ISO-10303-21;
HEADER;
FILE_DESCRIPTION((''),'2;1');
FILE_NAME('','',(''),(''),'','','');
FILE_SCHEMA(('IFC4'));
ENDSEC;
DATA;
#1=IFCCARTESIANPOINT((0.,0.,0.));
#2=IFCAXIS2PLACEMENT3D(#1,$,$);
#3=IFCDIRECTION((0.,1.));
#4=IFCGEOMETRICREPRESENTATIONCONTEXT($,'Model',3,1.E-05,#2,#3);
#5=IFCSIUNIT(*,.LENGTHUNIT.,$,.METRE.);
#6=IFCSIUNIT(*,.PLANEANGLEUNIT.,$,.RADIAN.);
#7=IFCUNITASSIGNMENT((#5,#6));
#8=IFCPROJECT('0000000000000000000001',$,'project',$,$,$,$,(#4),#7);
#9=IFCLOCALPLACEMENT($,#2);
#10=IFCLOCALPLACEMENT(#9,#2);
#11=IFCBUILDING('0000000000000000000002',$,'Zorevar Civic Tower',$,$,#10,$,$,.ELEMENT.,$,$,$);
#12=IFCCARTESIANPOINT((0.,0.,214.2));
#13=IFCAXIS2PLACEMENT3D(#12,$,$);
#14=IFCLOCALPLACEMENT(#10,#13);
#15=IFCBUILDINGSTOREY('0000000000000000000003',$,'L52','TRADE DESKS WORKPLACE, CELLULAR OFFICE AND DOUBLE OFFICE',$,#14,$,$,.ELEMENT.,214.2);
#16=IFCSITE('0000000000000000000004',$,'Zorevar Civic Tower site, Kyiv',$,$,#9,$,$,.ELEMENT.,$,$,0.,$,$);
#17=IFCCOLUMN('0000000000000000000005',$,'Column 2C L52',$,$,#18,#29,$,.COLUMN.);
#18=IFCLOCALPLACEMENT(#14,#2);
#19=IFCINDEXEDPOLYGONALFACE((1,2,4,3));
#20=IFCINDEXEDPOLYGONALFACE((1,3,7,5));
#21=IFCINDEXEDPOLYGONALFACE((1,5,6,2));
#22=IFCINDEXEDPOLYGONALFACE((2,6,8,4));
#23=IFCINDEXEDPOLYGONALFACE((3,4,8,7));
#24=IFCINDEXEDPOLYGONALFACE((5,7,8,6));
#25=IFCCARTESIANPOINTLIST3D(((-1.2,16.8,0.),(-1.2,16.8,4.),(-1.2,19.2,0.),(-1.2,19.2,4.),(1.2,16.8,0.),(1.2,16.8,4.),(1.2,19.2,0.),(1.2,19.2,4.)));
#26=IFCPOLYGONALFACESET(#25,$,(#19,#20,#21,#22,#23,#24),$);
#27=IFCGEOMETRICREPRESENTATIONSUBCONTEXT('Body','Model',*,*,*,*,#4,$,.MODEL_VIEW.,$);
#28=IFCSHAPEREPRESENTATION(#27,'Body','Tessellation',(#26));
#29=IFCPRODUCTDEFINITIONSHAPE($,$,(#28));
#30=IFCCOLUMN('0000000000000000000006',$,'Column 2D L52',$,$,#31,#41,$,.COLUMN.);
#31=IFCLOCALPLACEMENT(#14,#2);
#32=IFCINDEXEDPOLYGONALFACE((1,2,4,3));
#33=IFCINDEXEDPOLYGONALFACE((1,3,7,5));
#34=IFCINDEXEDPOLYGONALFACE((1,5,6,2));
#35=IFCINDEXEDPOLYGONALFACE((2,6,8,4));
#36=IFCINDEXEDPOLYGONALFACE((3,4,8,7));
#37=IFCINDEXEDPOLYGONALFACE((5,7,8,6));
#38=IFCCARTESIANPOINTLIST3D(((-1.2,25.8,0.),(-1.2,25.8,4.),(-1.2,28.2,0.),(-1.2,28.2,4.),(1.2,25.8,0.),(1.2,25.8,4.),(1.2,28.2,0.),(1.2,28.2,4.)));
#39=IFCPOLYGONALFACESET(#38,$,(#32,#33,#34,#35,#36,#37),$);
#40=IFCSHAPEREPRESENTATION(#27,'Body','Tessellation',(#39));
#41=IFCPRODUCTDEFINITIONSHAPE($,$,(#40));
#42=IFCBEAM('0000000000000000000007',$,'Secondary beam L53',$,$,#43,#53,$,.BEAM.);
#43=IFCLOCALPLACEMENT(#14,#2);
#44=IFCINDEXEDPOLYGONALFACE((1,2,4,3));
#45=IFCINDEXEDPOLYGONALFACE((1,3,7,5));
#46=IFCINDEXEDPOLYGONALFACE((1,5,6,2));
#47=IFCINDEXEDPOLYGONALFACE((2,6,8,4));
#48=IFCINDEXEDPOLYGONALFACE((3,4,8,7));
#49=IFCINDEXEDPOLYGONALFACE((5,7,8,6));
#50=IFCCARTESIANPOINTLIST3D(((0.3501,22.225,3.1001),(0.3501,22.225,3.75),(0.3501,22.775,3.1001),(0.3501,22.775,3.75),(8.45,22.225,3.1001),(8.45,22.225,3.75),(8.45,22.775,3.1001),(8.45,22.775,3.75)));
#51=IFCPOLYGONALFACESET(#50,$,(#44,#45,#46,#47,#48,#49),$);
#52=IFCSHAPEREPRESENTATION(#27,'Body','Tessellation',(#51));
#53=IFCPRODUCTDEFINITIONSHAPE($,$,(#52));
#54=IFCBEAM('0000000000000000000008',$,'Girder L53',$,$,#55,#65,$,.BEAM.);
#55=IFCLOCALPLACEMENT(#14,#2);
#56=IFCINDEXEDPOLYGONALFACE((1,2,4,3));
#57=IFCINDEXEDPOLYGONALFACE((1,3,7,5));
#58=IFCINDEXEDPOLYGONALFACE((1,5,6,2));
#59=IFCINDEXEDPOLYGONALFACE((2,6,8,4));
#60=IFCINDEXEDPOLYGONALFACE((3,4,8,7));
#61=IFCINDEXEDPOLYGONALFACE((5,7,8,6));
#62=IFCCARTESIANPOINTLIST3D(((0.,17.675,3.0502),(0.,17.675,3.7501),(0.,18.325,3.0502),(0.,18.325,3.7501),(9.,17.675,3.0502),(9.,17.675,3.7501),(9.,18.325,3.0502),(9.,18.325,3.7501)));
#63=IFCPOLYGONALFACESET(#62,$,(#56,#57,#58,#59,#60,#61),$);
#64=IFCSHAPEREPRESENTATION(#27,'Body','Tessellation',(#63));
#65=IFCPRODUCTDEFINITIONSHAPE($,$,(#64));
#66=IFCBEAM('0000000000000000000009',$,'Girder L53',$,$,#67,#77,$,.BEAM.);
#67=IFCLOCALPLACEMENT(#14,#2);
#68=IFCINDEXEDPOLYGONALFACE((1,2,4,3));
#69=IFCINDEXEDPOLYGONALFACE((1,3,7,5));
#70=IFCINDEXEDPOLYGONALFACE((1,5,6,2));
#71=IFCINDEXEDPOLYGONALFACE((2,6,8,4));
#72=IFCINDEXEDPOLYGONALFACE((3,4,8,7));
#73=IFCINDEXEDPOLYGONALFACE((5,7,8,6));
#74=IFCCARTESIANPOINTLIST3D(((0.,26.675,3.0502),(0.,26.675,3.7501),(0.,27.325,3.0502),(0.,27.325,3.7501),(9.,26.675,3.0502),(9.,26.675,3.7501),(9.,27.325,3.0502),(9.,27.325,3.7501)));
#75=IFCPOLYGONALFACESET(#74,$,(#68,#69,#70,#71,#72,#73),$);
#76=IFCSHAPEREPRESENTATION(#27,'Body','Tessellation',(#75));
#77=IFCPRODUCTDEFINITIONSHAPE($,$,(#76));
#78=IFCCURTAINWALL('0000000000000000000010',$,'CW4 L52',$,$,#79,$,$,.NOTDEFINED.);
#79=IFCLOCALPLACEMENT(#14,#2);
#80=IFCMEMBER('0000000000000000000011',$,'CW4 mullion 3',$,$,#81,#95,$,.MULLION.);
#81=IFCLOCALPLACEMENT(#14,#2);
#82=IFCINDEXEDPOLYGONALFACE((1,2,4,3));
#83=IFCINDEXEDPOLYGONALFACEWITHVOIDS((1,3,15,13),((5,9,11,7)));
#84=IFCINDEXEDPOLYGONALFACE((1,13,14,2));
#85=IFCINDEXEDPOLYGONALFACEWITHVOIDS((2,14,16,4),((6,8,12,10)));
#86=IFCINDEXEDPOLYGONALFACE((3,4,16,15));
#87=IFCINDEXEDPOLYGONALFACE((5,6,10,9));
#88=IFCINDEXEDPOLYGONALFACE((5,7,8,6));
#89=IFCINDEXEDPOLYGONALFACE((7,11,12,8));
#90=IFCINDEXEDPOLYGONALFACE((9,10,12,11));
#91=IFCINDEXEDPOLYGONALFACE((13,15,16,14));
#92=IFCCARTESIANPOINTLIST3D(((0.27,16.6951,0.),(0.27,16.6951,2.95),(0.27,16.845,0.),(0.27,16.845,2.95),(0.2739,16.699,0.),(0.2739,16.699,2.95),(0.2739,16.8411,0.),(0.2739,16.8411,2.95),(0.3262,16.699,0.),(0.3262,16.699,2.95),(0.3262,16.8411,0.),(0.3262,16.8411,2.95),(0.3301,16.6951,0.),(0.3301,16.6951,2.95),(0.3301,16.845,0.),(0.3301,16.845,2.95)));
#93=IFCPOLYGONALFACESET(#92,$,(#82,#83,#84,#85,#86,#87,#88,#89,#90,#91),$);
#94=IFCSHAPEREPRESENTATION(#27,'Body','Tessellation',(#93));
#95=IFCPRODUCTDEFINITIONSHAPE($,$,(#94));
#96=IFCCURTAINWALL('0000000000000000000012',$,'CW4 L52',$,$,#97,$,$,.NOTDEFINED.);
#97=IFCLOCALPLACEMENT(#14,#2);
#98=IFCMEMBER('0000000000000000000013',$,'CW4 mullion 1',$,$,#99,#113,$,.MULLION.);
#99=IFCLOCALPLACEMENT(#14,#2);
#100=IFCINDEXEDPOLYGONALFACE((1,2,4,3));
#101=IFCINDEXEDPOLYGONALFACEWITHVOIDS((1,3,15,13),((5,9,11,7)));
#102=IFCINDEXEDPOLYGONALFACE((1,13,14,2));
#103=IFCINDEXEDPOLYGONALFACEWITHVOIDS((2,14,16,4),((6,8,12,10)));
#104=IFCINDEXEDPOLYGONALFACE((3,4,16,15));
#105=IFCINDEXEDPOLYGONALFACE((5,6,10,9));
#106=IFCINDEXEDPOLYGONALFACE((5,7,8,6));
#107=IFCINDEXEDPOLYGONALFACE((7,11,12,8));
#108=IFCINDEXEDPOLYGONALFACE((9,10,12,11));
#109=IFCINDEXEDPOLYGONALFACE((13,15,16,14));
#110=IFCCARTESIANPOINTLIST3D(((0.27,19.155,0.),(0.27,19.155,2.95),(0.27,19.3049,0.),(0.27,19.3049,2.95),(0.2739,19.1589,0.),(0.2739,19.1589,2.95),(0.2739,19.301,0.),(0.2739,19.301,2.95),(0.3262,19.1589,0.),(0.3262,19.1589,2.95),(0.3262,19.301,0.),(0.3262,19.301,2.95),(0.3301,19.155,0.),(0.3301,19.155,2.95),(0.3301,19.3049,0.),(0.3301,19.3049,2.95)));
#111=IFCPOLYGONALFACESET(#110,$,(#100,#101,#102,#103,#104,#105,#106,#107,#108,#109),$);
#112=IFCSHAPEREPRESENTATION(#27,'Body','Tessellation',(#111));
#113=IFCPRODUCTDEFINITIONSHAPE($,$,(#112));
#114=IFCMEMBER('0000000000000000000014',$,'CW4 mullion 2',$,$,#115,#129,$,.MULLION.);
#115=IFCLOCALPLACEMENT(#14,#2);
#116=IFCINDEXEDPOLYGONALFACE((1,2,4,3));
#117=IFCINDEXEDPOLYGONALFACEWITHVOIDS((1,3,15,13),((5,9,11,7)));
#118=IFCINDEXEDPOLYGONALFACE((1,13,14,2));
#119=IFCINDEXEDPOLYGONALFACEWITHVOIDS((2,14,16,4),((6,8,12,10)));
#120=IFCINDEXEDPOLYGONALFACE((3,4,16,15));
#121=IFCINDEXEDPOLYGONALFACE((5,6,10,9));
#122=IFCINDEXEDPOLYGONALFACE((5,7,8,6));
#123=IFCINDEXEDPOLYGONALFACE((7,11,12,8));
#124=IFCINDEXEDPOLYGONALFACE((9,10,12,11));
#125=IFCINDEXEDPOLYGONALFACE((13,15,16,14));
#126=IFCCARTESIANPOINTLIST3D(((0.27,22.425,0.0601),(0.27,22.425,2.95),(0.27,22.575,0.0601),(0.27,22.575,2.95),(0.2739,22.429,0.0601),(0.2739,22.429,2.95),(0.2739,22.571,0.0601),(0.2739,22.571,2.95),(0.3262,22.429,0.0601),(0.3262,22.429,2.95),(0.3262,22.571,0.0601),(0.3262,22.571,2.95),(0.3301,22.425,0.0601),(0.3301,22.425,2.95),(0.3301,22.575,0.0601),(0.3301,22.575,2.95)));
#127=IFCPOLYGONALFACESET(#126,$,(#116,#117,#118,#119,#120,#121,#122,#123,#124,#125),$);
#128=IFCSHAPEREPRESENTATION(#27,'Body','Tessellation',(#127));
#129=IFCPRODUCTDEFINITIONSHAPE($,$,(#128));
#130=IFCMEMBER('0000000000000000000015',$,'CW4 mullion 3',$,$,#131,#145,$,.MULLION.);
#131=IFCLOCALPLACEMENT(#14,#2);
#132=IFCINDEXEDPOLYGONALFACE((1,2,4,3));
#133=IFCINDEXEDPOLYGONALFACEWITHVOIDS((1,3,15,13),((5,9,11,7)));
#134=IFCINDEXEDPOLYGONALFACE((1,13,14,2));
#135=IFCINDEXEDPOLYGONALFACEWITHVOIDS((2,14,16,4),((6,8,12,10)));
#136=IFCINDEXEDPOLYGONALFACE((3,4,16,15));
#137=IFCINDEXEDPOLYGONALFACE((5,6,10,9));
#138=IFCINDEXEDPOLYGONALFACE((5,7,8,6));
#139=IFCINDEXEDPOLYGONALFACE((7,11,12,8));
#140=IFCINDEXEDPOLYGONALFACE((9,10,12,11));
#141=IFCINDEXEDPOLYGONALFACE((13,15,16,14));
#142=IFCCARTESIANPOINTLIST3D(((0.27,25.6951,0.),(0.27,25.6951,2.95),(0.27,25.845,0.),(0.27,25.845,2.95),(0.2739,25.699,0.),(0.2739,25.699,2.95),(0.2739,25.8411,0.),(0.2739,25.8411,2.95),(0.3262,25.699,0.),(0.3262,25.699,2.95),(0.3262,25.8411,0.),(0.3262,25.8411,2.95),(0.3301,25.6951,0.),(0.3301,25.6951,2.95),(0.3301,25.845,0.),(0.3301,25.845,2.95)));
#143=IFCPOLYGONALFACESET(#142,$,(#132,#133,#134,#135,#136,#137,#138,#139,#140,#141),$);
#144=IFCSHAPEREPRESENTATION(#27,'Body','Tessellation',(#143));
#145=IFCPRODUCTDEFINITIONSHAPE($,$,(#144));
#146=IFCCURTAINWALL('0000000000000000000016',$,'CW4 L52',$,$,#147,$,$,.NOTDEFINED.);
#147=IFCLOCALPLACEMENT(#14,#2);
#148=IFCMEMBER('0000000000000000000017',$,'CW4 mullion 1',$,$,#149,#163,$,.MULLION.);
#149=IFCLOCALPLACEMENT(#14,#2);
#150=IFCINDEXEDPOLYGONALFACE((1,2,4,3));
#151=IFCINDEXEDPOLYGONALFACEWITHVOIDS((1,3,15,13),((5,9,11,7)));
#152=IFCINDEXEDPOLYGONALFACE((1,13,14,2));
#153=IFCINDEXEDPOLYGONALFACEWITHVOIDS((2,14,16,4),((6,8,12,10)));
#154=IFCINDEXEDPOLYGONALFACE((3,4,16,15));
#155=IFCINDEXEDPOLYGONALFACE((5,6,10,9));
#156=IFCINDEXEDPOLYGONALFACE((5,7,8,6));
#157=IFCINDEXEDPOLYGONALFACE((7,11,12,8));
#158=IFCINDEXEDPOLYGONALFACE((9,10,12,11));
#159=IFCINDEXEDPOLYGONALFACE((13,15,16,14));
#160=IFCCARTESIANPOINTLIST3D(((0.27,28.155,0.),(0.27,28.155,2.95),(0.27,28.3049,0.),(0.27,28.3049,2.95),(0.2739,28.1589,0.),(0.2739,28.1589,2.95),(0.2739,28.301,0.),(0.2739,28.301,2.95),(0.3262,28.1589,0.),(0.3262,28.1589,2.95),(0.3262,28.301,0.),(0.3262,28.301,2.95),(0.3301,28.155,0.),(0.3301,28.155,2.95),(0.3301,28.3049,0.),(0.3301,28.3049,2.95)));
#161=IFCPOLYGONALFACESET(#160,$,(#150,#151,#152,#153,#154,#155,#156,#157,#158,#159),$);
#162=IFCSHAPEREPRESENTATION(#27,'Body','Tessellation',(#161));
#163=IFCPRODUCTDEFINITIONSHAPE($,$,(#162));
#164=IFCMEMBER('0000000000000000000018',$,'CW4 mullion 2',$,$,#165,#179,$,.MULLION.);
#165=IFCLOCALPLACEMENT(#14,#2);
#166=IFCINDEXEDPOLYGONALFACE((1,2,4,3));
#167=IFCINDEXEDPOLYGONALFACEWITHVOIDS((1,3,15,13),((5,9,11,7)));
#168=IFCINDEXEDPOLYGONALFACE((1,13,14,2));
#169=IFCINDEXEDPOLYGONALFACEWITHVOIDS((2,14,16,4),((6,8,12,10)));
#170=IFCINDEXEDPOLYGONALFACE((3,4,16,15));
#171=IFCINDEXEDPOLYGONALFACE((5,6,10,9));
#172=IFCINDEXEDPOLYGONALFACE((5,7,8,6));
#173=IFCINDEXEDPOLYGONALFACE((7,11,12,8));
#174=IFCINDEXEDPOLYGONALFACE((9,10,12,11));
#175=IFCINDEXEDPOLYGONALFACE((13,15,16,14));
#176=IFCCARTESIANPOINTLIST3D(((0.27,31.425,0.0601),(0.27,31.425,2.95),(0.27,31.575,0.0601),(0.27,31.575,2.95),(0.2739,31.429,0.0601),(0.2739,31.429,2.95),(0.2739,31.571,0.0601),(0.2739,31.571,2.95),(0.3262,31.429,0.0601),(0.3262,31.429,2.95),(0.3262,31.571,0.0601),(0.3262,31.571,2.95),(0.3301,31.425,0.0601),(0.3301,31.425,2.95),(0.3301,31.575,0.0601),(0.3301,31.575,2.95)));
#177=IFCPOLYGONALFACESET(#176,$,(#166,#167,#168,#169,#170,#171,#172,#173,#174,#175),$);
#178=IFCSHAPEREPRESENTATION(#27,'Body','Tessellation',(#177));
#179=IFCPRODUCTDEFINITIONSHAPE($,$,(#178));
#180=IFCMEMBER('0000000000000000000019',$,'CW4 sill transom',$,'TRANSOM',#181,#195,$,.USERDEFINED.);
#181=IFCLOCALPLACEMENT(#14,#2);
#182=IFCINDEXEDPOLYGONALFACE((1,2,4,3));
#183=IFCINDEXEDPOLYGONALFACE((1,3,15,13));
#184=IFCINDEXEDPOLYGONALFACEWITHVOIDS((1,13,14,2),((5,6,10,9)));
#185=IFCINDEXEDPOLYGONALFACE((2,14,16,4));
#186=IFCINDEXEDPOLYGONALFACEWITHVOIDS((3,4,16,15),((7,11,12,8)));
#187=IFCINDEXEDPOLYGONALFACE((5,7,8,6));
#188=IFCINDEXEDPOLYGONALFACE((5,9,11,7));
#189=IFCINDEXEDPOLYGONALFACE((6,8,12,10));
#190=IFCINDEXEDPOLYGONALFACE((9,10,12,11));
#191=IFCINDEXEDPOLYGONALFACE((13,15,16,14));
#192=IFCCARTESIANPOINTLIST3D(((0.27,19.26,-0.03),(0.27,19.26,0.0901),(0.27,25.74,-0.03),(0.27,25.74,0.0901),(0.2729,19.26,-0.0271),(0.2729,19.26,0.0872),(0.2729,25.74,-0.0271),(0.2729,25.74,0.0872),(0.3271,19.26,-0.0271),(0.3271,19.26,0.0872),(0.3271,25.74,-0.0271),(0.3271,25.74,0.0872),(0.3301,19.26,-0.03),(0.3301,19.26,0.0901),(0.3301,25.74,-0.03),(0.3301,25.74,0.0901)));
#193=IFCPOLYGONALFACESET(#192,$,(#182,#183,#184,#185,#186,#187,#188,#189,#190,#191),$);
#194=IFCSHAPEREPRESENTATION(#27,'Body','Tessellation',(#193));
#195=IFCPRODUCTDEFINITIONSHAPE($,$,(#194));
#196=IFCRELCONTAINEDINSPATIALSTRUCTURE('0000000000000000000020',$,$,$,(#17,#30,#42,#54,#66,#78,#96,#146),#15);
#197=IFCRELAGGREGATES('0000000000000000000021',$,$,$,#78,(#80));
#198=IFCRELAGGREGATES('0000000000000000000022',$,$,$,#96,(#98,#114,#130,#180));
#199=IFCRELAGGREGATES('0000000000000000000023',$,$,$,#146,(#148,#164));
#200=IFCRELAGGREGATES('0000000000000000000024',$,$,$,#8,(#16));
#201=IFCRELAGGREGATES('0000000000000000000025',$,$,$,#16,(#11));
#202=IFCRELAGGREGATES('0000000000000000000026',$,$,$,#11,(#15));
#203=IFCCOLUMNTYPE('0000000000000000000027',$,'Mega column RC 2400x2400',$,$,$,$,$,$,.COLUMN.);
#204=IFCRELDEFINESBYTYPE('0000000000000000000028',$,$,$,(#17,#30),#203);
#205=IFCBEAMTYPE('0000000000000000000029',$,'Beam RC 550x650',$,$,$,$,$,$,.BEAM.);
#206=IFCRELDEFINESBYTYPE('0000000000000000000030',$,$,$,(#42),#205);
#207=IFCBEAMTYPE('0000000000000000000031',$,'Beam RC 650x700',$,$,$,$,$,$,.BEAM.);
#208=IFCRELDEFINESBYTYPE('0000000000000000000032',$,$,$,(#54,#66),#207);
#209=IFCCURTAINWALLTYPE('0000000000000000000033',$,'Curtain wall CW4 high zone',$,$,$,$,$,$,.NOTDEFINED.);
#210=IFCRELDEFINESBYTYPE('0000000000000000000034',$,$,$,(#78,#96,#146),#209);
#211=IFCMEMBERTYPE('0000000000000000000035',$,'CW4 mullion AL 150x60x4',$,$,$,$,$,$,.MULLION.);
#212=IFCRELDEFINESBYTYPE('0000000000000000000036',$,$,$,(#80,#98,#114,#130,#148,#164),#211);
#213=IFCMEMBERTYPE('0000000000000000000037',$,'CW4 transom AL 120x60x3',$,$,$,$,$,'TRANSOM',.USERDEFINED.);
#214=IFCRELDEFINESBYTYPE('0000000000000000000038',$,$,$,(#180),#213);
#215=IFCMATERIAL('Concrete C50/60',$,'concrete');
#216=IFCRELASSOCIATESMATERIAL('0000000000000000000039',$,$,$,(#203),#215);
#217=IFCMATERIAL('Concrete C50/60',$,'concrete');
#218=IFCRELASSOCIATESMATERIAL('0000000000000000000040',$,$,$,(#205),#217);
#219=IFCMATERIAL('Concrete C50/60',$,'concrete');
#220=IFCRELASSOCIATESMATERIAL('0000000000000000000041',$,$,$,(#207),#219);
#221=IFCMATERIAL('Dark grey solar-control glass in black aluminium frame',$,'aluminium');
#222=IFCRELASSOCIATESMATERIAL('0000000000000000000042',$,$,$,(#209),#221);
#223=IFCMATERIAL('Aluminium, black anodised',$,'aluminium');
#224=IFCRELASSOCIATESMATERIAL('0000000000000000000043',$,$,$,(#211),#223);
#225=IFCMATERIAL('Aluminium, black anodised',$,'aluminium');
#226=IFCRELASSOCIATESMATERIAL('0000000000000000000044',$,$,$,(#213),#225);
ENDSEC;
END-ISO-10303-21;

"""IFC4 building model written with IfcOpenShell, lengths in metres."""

from ifc_helpers import new_model, si_unit, direction, frame, origin, origin_2d, place, context, subcontext, project, spatial, rectangle, hollow_rectangle, extrude, material, material_profile, profile_set, type_object, element, aggregate, save


model = new_model("IFC4")

# Units and contexts
model_context = context("Model", 3, precision=1e-05, world=origin(), true_north=direction((0.0, 1.0)))
body_context = subcontext(model_context, "Body", "Model", "MODEL_VIEW")
ifc_project = project(units=[si_unit("LENGTHUNIT", "METRE"), si_unit("PLANEANGLEUNIT", "RADIAN")], contexts=[model_context])

# Site, building, storey
site_placement = place(None, origin())
site = spatial("IfcSite", under=ifc_project, at=site_placement, Name="Zorevar Civic Tower site, Kyiv", CompositionType="ELEMENT", RefElevation=0.0)
building_placement = place(site_placement, origin())
building = spatial("IfcBuilding", under=site, at=building_placement, Name="Zorevar Civic Tower", CompositionType="ELEMENT")
storey_placement = place(building_placement, frame((0.0, 0.0, 214.2)))
storey = spatial("IfcBuildingStorey", under=building, at=storey_placement, Name="L52", Description="TRADE DESKS WORKPLACE, CELLULAR OFFICE AND DOUBLE OFFICE", CompositionType="ELEMENT", Elevation=214.2)

# Columns
ifc_material_1 = material(Name="Concrete C50/60", Category="concrete")
ifc_material_profile_1 = material_profile(ifc_material_1, rectangle(XDim=2.3999, YDim=2.3999, at=origin_2d()), Name="RC 2400x2400")
ifc_profile_set_1 = profile_set([ifc_material_profile_1], Name="Concrete C50/60")
column_type = type_object("IfcColumnType", Name="Mega column RC 2400x2400", PredefinedType="COLUMN", material=ifc_profile_set_1)
for number, where, z_axis, x_axis, name in (
    (1, (0.0, 18.0, 0.0), (0.0, 0.0, 1.0), (1.0, 0.0, 0.0), "Column 2C L52"),
    (2, (0.0, 27.0, 0.0), (0.0, 0.0, 1.0), (1.0, 0.0, 0.0), "Column 2D L52"),
):
    element("IfcColumn", number, at=place(storey_placement, frame(where, z_axis=z_axis, x_axis=x_axis)), inside=storey, type_object=column_type, Name=name, PredefinedType="COLUMN", context=body_context, shape_type="SweptSolid", body=[
        extrude(rectangle(XDim=2.3999, YDim=2.3999, at=origin_2d()), origin(), (0.0, 0.0, 1.0), 4.0),
    ])

# Beams
ifc_material_2 = material(Name="Concrete C50/60", Category="concrete")
ifc_material_profile_2 = material_profile(ifc_material_2, rectangle(XDim=0.55, YDim=0.6499, at=origin_2d()), Name="RC 550x650")
ifc_profile_set_2 = profile_set([ifc_material_profile_2], Name="Concrete C50/60")
beam_type_1 = type_object("IfcBeamType", Name="Beam RC 550x650", PredefinedType="BEAM", material=ifc_profile_set_2)
beam_placement = place(storey_placement, frame((0.3501, 22.5, 3.425), z_axis=(1.0, 0.0, 0.0), x_axis=(0.0, 1.0, 0.0)))
element("IfcBeam", 3, at=beam_placement, inside=storey, type_object=beam_type_1, Name="Secondary beam L53", PredefinedType="BEAM", context=body_context, shape_type="SweptSolid", body=[
    extrude(rectangle(XDim=0.55, YDim=0.6499, at=origin_2d()), origin(), (0.0, 0.0, 1.0), 8.0999),
])
ifc_material_3 = material(Name="Concrete C50/60", Category="concrete")
ifc_material_profile_3 = material_profile(ifc_material_3, rectangle(XDim=0.6499, YDim=0.7, at=origin_2d()), Name="RC 650x700")
ifc_profile_set_3 = profile_set([ifc_material_profile_3], Name="Concrete C50/60")
beam_type_2 = type_object("IfcBeamType", Name="Beam RC 650x700", PredefinedType="BEAM", material=ifc_profile_set_3)
for number, where, z_axis, x_axis, name in (
    (4, (0.0, 18.0, 3.4001), (1.0, 0.0, 0.0), (0.0, 1.0, 0.0), "Girder L53"),
    (5, (0.0, 27.0, 3.4001), (1.0, 0.0, 0.0), (0.0, 1.0, 0.0), "Girder L53"),
):
    element("IfcBeam", number, at=place(storey_placement, frame(where, z_axis=z_axis, x_axis=x_axis)), inside=storey, type_object=beam_type_2, Name=name, PredefinedType="BEAM", context=body_context, shape_type="SweptSolid", body=[
        extrude(rectangle(XDim=0.6499, YDim=0.7, at=origin_2d()), origin(), (0.0, 0.0, 1.0), 9.0),
    ])

# Curtain wall, member
ifc_material_4 = material(Name="Dark grey solar-control glass in black aluminium frame", Category="aluminium")
curtain_wall_type = type_object("IfcCurtainWallType", Name="Curtain wall CW4 high zone", PredefinedType="NOTDEFINED", material=ifc_material_4)
curtain_wall_1_placement = place(storey_placement, origin())
curtain_wall_1 = element("IfcCurtainWall", 6, at=curtain_wall_1_placement, inside=storey, type_object=curtain_wall_type, Name="CW4 L52", PredefinedType="NOTDEFINED")
ifc_material_5 = material(Name="Aluminium, black anodised", Category="aluminium")
ifc_material_profile_4 = material_profile(ifc_material_5, hollow_rectangle(XDim=0.0601, YDim=0.1499, WallThickness=0.0039, at=origin_2d()), Name="AL 150x60x4")
ifc_profile_set_4 = profile_set([ifc_material_profile_4], Name="Aluminium, black anodised")
member_type_1 = type_object("IfcMemberType", Name="CW4 mullion AL 150x60x4", PredefinedType="MULLION", material=ifc_profile_set_4)
member_1_placement = place(storey_placement, frame((0.3, 16.77, 0.0), z_axis=(0.0, 0.0, 1.0), x_axis=(-1.0, 0.0, 0.0)))
member_1 = element("IfcMember", 7, at=member_1_placement, type_object=member_type_1, Name="CW4 mullion 3", PredefinedType="MULLION", context=body_context, shape_type="SweptSolid", body=[
    extrude(hollow_rectangle(XDim=0.0601, YDim=0.1499, WallThickness=0.0039, at=origin_2d()), origin(), (0.0, 0.0, 1.0), 2.95),
])

# Curtain walls, members
curtain_wall_2_placement = place(storey_placement, origin())
curtain_wall_2 = element("IfcCurtainWall", 8, at=curtain_wall_2_placement, inside=storey, type_object=curtain_wall_type, Name="CW4 L52", PredefinedType="NOTDEFINED")
member_2_placement = place(storey_placement, frame((0.3, 19.23, 0.0), z_axis=(0.0, 0.0, 1.0), x_axis=(-1.0, 0.0, 0.0)))
member_2 = element("IfcMember", 9, at=member_2_placement, type_object=member_type_1, Name="CW4 mullion 1", PredefinedType="MULLION", context=body_context, shape_type="SweptSolid", body=[
    extrude(hollow_rectangle(XDim=0.0601, YDim=0.1499, WallThickness=0.0039, at=origin_2d()), origin(), (0.0, 0.0, 1.0), 2.95),
])
member_3_placement = place(storey_placement, frame((0.3, 22.5, 0.0601), z_axis=(0.0, 0.0, 1.0), x_axis=(-1.0, 0.0, 0.0)))
member_3 = element("IfcMember", 10, at=member_3_placement, type_object=member_type_1, Name="CW4 mullion 2", PredefinedType="MULLION", context=body_context, shape_type="SweptSolid", body=[
    extrude(hollow_rectangle(XDim=0.0601, YDim=0.1499, WallThickness=0.0039, at=origin_2d()), origin(), (0.0, 0.0, 1.0), 2.8899),
])
member_4_placement = place(storey_placement, frame((0.3, 25.77, 0.0), z_axis=(0.0, 0.0, 1.0), x_axis=(-1.0, 0.0, 0.0)))
member_4 = element("IfcMember", 11, at=member_4_placement, type_object=member_type_1, Name="CW4 mullion 3", PredefinedType="MULLION", context=body_context, shape_type="SweptSolid", body=[
    extrude(hollow_rectangle(XDim=0.0601, YDim=0.1499, WallThickness=0.0039, at=origin_2d()), origin(), (0.0, 0.0, 1.0), 2.95),
])
curtain_wall_3_placement = place(storey_placement, origin())
curtain_wall_3 = element("IfcCurtainWall", 12, at=curtain_wall_3_placement, inside=storey, type_object=curtain_wall_type, Name="CW4 L52", PredefinedType="NOTDEFINED")
member_5_placement = place(storey_placement, frame((0.3, 28.23, 0.0), z_axis=(0.0, 0.0, 1.0), x_axis=(-1.0, 0.0, 0.0)))
member_5 = element("IfcMember", 13, at=member_5_placement, type_object=member_type_1, Name="CW4 mullion 1", PredefinedType="MULLION", context=body_context, shape_type="SweptSolid", body=[
    extrude(hollow_rectangle(XDim=0.0601, YDim=0.1499, WallThickness=0.0039, at=origin_2d()), origin(), (0.0, 0.0, 1.0), 2.95),
])
member_6_placement = place(storey_placement, frame((0.3, 31.5, 0.0601), z_axis=(0.0, 0.0, 1.0), x_axis=(-1.0, 0.0, 0.0)))
member_6 = element("IfcMember", 14, at=member_6_placement, type_object=member_type_1, Name="CW4 mullion 2", PredefinedType="MULLION", context=body_context, shape_type="SweptSolid", body=[
    extrude(hollow_rectangle(XDim=0.0601, YDim=0.1499, WallThickness=0.0039, at=origin_2d()), origin(), (0.0, 0.0, 1.0), 2.8899),
])

# Member
ifc_material_6 = material(Name="Aluminium, black anodised", Category="aluminium")
ifc_material_profile_5 = material_profile(ifc_material_6, hollow_rectangle(XDim=0.0601, YDim=0.1201, WallThickness=0.0029, at=origin_2d()), Name="AL 120x60x3")
ifc_profile_set_5 = profile_set([ifc_material_profile_5], Name="Aluminium, black anodised")
member_type_2 = type_object("IfcMemberType", Name="CW4 transom AL 120x60x3", ElementType="TRANSOM", PredefinedType="USERDEFINED", material=ifc_profile_set_5)
member_7_placement = place(storey_placement, frame((0.3, 19.26, 0.03), z_axis=(0.0, 1.0, 0.0), x_axis=(-1.0, 0.0, 0.0)))
member_7 = element("IfcMember", 15, at=member_7_placement, type_object=member_type_2, Name="CW4 sill transom", ObjectType="TRANSOM", PredefinedType="USERDEFINED", context=body_context, shape_type="SweptSolid", body=[
    extrude(hollow_rectangle(XDim=0.0601, YDim=0.1201, WallThickness=0.0029, at=origin_2d()), origin(), (0.0, 0.0, 1.0), 6.48),
])

aggregate(curtain_wall_1, [member_1])
aggregate(curtain_wall_2, [member_2, member_3, member_4, member_7])
aggregate(curtain_wall_3, [member_5, member_6])

save(model, "model.ifc")
